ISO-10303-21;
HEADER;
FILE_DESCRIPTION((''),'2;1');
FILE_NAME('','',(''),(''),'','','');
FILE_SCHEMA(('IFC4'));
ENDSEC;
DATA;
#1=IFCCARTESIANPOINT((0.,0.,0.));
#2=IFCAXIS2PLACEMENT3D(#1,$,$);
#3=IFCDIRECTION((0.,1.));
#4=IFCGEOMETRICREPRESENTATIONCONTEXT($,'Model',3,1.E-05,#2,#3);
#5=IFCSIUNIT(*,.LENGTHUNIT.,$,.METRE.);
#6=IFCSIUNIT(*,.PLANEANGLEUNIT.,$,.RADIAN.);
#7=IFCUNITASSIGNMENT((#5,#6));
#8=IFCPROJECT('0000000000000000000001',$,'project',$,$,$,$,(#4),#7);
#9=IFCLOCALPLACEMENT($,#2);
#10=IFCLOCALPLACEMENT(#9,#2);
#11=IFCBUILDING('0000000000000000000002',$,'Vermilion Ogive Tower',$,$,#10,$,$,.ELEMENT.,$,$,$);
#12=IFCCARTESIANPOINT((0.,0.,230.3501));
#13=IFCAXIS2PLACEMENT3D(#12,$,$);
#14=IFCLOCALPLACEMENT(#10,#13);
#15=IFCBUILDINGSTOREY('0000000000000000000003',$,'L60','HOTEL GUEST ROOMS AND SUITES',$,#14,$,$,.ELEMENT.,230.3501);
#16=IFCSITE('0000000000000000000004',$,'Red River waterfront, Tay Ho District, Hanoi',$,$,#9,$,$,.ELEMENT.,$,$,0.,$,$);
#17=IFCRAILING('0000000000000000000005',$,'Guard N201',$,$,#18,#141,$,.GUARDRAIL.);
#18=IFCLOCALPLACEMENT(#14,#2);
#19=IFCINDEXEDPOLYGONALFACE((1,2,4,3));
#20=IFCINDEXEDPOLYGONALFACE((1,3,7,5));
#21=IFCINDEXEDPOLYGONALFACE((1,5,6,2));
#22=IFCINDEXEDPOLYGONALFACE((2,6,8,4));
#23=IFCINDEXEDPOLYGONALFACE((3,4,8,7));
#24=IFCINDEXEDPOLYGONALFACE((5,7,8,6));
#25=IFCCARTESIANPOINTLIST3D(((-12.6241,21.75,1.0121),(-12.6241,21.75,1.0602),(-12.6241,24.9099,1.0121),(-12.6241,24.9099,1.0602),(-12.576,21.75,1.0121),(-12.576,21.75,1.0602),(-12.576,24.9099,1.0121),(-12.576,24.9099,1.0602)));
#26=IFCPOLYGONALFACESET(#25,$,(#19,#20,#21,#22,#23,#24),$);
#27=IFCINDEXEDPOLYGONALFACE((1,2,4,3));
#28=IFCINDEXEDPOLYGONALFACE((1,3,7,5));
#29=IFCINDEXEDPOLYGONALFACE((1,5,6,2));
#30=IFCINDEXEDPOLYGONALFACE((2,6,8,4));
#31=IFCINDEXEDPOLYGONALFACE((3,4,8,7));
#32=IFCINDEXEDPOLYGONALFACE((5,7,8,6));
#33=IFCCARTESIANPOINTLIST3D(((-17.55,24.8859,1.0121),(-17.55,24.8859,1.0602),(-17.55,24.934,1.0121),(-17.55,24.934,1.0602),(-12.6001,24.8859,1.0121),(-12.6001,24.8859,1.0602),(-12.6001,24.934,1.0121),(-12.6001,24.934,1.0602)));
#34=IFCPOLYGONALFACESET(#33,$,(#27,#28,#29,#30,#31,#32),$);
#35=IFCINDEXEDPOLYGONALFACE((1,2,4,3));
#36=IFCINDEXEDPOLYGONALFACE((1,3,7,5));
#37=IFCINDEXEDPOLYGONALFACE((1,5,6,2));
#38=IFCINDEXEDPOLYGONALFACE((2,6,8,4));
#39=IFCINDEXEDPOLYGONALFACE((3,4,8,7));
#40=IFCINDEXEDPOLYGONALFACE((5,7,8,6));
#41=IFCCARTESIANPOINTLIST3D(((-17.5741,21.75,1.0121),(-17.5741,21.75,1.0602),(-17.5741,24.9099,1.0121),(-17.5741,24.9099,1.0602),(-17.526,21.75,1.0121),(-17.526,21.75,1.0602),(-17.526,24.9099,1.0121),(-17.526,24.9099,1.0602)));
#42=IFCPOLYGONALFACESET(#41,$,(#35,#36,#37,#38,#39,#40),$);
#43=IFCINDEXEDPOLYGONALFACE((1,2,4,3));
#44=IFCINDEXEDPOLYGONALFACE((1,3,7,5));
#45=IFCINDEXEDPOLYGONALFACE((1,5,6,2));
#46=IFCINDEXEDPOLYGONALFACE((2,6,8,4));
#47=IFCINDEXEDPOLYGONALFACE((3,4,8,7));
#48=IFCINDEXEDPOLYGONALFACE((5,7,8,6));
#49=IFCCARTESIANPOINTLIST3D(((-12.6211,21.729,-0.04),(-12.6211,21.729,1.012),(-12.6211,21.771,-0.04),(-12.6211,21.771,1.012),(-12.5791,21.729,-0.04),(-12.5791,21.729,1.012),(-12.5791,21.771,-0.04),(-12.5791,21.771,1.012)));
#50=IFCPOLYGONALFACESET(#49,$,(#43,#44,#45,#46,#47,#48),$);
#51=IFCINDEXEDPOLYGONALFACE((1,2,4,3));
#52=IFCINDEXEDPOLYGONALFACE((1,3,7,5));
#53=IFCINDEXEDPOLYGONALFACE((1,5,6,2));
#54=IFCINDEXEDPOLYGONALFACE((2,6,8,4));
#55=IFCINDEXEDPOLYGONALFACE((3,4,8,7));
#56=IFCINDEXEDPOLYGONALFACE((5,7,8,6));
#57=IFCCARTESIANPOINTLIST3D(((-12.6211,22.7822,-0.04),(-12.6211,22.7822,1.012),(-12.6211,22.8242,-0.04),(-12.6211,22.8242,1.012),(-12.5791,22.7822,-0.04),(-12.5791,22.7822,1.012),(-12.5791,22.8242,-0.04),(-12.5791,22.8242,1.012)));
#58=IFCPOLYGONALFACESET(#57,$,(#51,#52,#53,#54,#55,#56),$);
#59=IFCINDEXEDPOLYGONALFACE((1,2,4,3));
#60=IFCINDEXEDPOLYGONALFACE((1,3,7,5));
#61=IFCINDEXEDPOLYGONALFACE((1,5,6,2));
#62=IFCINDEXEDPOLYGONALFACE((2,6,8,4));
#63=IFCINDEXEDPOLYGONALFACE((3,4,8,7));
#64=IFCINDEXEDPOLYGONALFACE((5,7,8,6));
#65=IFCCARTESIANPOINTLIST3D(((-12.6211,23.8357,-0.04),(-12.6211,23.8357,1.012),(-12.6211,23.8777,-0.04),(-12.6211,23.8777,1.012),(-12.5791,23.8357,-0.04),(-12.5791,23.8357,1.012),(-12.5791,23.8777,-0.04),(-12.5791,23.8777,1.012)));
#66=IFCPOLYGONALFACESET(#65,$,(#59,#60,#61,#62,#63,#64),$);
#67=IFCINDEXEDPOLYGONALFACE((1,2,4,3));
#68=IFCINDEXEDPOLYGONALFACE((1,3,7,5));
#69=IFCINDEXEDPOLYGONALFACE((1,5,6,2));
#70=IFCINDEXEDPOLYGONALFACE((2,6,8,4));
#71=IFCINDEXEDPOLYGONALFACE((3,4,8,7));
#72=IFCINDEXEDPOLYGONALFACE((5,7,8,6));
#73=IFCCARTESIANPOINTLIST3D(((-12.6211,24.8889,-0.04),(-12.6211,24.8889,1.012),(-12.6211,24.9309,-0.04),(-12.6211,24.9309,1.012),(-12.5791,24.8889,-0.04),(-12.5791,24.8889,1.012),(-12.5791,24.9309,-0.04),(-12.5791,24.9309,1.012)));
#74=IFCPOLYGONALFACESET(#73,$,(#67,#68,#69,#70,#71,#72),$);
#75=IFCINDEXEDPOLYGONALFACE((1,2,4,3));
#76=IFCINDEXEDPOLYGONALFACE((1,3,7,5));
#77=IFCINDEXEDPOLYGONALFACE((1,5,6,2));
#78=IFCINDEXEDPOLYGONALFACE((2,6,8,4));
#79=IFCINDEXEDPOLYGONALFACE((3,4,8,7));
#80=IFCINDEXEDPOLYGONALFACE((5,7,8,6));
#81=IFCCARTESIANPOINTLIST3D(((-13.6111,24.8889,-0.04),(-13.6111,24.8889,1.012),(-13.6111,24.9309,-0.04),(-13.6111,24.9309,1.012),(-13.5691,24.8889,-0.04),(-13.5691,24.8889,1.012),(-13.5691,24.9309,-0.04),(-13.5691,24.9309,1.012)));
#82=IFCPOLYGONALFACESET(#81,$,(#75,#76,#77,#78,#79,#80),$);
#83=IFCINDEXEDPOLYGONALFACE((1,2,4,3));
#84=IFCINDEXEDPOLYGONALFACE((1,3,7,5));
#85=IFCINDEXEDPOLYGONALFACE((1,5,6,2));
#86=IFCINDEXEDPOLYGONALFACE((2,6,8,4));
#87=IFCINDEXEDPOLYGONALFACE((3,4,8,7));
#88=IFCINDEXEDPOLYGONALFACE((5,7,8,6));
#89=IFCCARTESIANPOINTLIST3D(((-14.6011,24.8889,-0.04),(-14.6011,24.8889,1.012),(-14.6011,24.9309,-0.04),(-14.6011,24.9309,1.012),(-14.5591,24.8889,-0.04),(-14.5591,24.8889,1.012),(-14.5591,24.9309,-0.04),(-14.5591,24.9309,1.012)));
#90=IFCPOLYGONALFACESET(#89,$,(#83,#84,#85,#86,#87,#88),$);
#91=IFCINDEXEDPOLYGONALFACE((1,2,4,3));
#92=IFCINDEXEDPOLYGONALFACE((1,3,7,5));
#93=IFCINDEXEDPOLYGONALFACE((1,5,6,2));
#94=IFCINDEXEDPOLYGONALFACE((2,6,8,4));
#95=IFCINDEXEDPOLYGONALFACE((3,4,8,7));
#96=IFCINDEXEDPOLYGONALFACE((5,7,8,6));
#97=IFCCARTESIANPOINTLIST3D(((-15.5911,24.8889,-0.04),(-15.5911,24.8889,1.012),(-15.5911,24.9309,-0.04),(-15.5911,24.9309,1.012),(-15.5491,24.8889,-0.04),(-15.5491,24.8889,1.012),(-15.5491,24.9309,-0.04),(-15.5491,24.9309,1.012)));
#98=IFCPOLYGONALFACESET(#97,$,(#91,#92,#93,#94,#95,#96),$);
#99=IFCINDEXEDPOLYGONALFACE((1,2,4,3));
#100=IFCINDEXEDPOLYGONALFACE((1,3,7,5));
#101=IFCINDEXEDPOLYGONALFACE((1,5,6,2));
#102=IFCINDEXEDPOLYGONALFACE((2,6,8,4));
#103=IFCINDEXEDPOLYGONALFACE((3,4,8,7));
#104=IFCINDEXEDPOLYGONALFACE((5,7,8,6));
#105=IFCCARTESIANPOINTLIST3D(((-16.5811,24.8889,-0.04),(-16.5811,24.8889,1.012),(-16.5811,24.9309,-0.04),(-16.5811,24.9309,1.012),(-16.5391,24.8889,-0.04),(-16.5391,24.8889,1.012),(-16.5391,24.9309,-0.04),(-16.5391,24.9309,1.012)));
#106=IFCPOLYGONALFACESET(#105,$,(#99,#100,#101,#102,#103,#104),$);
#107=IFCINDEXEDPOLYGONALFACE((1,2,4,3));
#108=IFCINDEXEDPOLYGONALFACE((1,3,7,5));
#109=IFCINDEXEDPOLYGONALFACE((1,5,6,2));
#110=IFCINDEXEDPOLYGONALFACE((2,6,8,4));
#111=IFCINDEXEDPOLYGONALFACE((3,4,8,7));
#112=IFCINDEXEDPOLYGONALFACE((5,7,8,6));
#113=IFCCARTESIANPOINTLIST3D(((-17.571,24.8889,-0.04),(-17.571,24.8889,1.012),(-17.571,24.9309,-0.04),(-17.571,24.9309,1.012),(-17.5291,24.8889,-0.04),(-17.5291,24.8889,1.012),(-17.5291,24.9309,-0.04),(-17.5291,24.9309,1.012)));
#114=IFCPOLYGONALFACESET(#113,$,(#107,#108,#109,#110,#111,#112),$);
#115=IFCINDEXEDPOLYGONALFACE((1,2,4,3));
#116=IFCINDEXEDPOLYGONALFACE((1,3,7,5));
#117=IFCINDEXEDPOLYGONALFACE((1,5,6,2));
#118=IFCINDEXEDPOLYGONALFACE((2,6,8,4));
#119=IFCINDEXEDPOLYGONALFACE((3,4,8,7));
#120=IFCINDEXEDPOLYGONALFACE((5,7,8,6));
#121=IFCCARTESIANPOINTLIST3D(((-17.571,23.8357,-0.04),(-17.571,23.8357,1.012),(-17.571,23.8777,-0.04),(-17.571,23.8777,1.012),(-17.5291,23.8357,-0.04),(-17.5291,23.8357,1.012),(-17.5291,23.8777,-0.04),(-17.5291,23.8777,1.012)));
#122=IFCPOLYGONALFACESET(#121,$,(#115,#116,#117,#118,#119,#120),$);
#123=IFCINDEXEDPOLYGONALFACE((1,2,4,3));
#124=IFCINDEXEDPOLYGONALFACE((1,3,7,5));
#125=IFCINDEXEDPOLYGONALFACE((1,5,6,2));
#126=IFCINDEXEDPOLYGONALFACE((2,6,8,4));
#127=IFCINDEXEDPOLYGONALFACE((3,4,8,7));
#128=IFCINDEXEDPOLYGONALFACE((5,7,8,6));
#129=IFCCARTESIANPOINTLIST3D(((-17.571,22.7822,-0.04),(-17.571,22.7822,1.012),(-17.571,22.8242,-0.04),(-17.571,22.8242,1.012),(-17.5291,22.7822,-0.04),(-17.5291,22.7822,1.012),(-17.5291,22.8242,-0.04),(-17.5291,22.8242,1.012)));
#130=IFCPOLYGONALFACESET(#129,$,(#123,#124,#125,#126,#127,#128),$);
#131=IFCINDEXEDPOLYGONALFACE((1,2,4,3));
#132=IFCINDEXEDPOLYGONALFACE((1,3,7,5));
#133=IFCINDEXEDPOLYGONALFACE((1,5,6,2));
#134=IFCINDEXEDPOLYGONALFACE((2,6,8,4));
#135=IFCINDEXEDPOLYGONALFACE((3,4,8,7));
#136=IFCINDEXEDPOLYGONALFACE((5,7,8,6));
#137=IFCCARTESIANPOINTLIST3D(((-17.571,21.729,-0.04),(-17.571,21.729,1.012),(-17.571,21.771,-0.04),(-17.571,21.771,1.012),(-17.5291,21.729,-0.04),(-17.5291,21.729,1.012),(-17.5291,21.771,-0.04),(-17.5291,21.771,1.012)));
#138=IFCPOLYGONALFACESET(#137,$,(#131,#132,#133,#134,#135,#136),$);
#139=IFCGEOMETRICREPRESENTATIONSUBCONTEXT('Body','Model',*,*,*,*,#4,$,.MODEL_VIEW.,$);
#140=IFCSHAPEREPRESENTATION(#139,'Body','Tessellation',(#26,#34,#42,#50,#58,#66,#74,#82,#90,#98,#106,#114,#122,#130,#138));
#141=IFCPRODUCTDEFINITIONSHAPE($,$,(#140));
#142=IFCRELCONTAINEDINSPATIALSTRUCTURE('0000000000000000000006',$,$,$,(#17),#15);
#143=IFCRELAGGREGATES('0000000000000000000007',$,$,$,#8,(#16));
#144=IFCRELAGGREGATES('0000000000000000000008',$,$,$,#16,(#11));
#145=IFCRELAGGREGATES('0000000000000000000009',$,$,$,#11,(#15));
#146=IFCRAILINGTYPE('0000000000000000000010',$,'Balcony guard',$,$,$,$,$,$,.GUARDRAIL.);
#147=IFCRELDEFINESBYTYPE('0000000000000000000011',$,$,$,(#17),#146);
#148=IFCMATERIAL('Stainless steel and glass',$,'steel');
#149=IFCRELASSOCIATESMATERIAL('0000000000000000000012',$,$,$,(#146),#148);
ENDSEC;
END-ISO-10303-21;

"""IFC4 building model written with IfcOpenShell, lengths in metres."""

from ifc_helpers import new_model, si_unit, direction, frame, origin, origin_2d, place, context, subcontext, project, spatial, rectangle, extrude, material, type_object, element, save


model = new_model("IFC4")

# Units and contexts
model_context = context("Model", 3, precision=1e-05, world=origin(), true_north=direction((0.0, 1.0)))
body_context = subcontext(model_context, "Body", "Model", "MODEL_VIEW")
ifc_project = project(units=[si_unit("LENGTHUNIT", "METRE"), si_unit("PLANEANGLEUNIT", "RADIAN")], contexts=[model_context])

# Site, building, storey
site_placement = place(None, origin())
site = spatial("IfcSite", under=ifc_project, at=site_placement, Name="Red River waterfront, Tay Ho District, Hanoi", CompositionType="ELEMENT", RefElevation=0.0)
building_placement = place(site_placement, origin())
building = spatial("IfcBuilding", under=site, at=building_placement, Name="Vermilion Ogive Tower", CompositionType="ELEMENT")
storey_placement = place(building_placement, frame((0.0, 0.0, 230.3501)))
storey = spatial("IfcBuildingStorey", under=building, at=storey_placement, Name="L60", Description="HOTEL GUEST ROOMS AND SUITES", CompositionType="ELEMENT", Elevation=230.3501)

# Railing
ifc_material_1 = material(Name="Stainless steel and glass", Category="steel")
railing_type = type_object("IfcRailingType", Name="Balcony guard", PredefinedType="GUARDRAIL", material=ifc_material_1)
railing_placement = place(storey_placement, frame((-12.6001, 21.75, -0.04)))
element("IfcRailing", 1, at=railing_placement, inside=storey, type_object=railing_type, Name="Guard N201", PredefinedType="GUARDRAIL", context=body_context, shape_type="SweptSolid", body=[
    extrude(rectangle(XDim=0.0481, YDim=0.0481, at=origin_2d()), frame((0.0, 0.0, 1.0762), z_axis=(0.0, 1.0, 0.0), x_axis=(-1.0, 0.0, 0.0)), (0.0, 0.0, 1.0), 3.1599),
    extrude(rectangle(XDim=0.0481, YDim=0.0481, at=origin_2d()), frame((0.0, 3.1599, 1.0762), z_axis=(-1.0, 0.0, 0.0), x_axis=(0.0, -1.0, 0.0)), (0.0, 0.0, 1.0), 4.95),
    extrude(rectangle(XDim=0.0481, YDim=0.0481, at=origin_2d()), frame((-4.95, 3.1599, 1.0762), z_axis=(0.0, -1.0, 0.0), x_axis=(1.0, 0.0, 0.0)), (0.0, 0.0, 1.0), 3.1599),
    extrude(rectangle(XDim=0.042, YDim=0.042, at=origin_2d()), origin(), (0.0, 0.0, 1.0), 1.052),
    extrude(rectangle(XDim=0.042, YDim=0.042, at=origin_2d()), frame((0.0, 1.0532, 0.0)), (0.0, 0.0, 1.0), 1.052),
    extrude(rectangle(XDim=0.042, YDim=0.042, at=origin_2d()), frame((0.0, 2.1067, 0.0)), (0.0, 0.0, 1.0), 1.052),
    extrude(rectangle(XDim=0.042, YDim=0.042, at=origin_2d()), frame((0.0, 3.1599, 0.0)), (0.0, 0.0, 1.0), 1.052),
    extrude(rectangle(XDim=0.042, YDim=0.042, at=origin_2d()), frame((-0.99, 3.1599, 0.0)), (0.0, 0.0, 1.0), 1.052),
    extrude(rectangle(XDim=0.042, YDim=0.042, at=origin_2d()), frame((-1.98, 3.1599, 0.0)), (0.0, 0.0, 1.0), 1.052),
    extrude(rectangle(XDim=0.042, YDim=0.042, at=origin_2d()), frame((-2.97, 3.1599, 0.0)), (0.0, 0.0, 1.0), 1.052),
    extrude(rectangle(XDim=0.042, YDim=0.042, at=origin_2d()), frame((-3.96, 3.1599, 0.0)), (0.0, 0.0, 1.0), 1.052),
    extrude(rectangle(XDim=0.042, YDim=0.042, at=origin_2d()), frame((-4.95, 3.1599, 0.0)), (0.0, 0.0, 1.0), 1.052),
    extrude(rectangle(XDim=0.042, YDim=0.042, at=origin_2d()), frame((-4.95, 2.1067, 0.0)), (0.0, 0.0, 1.0), 1.052),
    extrude(rectangle(XDim=0.042, YDim=0.042, at=origin_2d()), frame((-4.95, 1.0532, 0.0)), (0.0, 0.0, 1.0), 1.052),
    extrude(rectangle(XDim=0.042, YDim=0.042, at=origin_2d()), frame((-4.95, 0.0, 0.0)), (0.0, 0.0, 1.0), 1.052),
])

save(model, "model.ifc")
